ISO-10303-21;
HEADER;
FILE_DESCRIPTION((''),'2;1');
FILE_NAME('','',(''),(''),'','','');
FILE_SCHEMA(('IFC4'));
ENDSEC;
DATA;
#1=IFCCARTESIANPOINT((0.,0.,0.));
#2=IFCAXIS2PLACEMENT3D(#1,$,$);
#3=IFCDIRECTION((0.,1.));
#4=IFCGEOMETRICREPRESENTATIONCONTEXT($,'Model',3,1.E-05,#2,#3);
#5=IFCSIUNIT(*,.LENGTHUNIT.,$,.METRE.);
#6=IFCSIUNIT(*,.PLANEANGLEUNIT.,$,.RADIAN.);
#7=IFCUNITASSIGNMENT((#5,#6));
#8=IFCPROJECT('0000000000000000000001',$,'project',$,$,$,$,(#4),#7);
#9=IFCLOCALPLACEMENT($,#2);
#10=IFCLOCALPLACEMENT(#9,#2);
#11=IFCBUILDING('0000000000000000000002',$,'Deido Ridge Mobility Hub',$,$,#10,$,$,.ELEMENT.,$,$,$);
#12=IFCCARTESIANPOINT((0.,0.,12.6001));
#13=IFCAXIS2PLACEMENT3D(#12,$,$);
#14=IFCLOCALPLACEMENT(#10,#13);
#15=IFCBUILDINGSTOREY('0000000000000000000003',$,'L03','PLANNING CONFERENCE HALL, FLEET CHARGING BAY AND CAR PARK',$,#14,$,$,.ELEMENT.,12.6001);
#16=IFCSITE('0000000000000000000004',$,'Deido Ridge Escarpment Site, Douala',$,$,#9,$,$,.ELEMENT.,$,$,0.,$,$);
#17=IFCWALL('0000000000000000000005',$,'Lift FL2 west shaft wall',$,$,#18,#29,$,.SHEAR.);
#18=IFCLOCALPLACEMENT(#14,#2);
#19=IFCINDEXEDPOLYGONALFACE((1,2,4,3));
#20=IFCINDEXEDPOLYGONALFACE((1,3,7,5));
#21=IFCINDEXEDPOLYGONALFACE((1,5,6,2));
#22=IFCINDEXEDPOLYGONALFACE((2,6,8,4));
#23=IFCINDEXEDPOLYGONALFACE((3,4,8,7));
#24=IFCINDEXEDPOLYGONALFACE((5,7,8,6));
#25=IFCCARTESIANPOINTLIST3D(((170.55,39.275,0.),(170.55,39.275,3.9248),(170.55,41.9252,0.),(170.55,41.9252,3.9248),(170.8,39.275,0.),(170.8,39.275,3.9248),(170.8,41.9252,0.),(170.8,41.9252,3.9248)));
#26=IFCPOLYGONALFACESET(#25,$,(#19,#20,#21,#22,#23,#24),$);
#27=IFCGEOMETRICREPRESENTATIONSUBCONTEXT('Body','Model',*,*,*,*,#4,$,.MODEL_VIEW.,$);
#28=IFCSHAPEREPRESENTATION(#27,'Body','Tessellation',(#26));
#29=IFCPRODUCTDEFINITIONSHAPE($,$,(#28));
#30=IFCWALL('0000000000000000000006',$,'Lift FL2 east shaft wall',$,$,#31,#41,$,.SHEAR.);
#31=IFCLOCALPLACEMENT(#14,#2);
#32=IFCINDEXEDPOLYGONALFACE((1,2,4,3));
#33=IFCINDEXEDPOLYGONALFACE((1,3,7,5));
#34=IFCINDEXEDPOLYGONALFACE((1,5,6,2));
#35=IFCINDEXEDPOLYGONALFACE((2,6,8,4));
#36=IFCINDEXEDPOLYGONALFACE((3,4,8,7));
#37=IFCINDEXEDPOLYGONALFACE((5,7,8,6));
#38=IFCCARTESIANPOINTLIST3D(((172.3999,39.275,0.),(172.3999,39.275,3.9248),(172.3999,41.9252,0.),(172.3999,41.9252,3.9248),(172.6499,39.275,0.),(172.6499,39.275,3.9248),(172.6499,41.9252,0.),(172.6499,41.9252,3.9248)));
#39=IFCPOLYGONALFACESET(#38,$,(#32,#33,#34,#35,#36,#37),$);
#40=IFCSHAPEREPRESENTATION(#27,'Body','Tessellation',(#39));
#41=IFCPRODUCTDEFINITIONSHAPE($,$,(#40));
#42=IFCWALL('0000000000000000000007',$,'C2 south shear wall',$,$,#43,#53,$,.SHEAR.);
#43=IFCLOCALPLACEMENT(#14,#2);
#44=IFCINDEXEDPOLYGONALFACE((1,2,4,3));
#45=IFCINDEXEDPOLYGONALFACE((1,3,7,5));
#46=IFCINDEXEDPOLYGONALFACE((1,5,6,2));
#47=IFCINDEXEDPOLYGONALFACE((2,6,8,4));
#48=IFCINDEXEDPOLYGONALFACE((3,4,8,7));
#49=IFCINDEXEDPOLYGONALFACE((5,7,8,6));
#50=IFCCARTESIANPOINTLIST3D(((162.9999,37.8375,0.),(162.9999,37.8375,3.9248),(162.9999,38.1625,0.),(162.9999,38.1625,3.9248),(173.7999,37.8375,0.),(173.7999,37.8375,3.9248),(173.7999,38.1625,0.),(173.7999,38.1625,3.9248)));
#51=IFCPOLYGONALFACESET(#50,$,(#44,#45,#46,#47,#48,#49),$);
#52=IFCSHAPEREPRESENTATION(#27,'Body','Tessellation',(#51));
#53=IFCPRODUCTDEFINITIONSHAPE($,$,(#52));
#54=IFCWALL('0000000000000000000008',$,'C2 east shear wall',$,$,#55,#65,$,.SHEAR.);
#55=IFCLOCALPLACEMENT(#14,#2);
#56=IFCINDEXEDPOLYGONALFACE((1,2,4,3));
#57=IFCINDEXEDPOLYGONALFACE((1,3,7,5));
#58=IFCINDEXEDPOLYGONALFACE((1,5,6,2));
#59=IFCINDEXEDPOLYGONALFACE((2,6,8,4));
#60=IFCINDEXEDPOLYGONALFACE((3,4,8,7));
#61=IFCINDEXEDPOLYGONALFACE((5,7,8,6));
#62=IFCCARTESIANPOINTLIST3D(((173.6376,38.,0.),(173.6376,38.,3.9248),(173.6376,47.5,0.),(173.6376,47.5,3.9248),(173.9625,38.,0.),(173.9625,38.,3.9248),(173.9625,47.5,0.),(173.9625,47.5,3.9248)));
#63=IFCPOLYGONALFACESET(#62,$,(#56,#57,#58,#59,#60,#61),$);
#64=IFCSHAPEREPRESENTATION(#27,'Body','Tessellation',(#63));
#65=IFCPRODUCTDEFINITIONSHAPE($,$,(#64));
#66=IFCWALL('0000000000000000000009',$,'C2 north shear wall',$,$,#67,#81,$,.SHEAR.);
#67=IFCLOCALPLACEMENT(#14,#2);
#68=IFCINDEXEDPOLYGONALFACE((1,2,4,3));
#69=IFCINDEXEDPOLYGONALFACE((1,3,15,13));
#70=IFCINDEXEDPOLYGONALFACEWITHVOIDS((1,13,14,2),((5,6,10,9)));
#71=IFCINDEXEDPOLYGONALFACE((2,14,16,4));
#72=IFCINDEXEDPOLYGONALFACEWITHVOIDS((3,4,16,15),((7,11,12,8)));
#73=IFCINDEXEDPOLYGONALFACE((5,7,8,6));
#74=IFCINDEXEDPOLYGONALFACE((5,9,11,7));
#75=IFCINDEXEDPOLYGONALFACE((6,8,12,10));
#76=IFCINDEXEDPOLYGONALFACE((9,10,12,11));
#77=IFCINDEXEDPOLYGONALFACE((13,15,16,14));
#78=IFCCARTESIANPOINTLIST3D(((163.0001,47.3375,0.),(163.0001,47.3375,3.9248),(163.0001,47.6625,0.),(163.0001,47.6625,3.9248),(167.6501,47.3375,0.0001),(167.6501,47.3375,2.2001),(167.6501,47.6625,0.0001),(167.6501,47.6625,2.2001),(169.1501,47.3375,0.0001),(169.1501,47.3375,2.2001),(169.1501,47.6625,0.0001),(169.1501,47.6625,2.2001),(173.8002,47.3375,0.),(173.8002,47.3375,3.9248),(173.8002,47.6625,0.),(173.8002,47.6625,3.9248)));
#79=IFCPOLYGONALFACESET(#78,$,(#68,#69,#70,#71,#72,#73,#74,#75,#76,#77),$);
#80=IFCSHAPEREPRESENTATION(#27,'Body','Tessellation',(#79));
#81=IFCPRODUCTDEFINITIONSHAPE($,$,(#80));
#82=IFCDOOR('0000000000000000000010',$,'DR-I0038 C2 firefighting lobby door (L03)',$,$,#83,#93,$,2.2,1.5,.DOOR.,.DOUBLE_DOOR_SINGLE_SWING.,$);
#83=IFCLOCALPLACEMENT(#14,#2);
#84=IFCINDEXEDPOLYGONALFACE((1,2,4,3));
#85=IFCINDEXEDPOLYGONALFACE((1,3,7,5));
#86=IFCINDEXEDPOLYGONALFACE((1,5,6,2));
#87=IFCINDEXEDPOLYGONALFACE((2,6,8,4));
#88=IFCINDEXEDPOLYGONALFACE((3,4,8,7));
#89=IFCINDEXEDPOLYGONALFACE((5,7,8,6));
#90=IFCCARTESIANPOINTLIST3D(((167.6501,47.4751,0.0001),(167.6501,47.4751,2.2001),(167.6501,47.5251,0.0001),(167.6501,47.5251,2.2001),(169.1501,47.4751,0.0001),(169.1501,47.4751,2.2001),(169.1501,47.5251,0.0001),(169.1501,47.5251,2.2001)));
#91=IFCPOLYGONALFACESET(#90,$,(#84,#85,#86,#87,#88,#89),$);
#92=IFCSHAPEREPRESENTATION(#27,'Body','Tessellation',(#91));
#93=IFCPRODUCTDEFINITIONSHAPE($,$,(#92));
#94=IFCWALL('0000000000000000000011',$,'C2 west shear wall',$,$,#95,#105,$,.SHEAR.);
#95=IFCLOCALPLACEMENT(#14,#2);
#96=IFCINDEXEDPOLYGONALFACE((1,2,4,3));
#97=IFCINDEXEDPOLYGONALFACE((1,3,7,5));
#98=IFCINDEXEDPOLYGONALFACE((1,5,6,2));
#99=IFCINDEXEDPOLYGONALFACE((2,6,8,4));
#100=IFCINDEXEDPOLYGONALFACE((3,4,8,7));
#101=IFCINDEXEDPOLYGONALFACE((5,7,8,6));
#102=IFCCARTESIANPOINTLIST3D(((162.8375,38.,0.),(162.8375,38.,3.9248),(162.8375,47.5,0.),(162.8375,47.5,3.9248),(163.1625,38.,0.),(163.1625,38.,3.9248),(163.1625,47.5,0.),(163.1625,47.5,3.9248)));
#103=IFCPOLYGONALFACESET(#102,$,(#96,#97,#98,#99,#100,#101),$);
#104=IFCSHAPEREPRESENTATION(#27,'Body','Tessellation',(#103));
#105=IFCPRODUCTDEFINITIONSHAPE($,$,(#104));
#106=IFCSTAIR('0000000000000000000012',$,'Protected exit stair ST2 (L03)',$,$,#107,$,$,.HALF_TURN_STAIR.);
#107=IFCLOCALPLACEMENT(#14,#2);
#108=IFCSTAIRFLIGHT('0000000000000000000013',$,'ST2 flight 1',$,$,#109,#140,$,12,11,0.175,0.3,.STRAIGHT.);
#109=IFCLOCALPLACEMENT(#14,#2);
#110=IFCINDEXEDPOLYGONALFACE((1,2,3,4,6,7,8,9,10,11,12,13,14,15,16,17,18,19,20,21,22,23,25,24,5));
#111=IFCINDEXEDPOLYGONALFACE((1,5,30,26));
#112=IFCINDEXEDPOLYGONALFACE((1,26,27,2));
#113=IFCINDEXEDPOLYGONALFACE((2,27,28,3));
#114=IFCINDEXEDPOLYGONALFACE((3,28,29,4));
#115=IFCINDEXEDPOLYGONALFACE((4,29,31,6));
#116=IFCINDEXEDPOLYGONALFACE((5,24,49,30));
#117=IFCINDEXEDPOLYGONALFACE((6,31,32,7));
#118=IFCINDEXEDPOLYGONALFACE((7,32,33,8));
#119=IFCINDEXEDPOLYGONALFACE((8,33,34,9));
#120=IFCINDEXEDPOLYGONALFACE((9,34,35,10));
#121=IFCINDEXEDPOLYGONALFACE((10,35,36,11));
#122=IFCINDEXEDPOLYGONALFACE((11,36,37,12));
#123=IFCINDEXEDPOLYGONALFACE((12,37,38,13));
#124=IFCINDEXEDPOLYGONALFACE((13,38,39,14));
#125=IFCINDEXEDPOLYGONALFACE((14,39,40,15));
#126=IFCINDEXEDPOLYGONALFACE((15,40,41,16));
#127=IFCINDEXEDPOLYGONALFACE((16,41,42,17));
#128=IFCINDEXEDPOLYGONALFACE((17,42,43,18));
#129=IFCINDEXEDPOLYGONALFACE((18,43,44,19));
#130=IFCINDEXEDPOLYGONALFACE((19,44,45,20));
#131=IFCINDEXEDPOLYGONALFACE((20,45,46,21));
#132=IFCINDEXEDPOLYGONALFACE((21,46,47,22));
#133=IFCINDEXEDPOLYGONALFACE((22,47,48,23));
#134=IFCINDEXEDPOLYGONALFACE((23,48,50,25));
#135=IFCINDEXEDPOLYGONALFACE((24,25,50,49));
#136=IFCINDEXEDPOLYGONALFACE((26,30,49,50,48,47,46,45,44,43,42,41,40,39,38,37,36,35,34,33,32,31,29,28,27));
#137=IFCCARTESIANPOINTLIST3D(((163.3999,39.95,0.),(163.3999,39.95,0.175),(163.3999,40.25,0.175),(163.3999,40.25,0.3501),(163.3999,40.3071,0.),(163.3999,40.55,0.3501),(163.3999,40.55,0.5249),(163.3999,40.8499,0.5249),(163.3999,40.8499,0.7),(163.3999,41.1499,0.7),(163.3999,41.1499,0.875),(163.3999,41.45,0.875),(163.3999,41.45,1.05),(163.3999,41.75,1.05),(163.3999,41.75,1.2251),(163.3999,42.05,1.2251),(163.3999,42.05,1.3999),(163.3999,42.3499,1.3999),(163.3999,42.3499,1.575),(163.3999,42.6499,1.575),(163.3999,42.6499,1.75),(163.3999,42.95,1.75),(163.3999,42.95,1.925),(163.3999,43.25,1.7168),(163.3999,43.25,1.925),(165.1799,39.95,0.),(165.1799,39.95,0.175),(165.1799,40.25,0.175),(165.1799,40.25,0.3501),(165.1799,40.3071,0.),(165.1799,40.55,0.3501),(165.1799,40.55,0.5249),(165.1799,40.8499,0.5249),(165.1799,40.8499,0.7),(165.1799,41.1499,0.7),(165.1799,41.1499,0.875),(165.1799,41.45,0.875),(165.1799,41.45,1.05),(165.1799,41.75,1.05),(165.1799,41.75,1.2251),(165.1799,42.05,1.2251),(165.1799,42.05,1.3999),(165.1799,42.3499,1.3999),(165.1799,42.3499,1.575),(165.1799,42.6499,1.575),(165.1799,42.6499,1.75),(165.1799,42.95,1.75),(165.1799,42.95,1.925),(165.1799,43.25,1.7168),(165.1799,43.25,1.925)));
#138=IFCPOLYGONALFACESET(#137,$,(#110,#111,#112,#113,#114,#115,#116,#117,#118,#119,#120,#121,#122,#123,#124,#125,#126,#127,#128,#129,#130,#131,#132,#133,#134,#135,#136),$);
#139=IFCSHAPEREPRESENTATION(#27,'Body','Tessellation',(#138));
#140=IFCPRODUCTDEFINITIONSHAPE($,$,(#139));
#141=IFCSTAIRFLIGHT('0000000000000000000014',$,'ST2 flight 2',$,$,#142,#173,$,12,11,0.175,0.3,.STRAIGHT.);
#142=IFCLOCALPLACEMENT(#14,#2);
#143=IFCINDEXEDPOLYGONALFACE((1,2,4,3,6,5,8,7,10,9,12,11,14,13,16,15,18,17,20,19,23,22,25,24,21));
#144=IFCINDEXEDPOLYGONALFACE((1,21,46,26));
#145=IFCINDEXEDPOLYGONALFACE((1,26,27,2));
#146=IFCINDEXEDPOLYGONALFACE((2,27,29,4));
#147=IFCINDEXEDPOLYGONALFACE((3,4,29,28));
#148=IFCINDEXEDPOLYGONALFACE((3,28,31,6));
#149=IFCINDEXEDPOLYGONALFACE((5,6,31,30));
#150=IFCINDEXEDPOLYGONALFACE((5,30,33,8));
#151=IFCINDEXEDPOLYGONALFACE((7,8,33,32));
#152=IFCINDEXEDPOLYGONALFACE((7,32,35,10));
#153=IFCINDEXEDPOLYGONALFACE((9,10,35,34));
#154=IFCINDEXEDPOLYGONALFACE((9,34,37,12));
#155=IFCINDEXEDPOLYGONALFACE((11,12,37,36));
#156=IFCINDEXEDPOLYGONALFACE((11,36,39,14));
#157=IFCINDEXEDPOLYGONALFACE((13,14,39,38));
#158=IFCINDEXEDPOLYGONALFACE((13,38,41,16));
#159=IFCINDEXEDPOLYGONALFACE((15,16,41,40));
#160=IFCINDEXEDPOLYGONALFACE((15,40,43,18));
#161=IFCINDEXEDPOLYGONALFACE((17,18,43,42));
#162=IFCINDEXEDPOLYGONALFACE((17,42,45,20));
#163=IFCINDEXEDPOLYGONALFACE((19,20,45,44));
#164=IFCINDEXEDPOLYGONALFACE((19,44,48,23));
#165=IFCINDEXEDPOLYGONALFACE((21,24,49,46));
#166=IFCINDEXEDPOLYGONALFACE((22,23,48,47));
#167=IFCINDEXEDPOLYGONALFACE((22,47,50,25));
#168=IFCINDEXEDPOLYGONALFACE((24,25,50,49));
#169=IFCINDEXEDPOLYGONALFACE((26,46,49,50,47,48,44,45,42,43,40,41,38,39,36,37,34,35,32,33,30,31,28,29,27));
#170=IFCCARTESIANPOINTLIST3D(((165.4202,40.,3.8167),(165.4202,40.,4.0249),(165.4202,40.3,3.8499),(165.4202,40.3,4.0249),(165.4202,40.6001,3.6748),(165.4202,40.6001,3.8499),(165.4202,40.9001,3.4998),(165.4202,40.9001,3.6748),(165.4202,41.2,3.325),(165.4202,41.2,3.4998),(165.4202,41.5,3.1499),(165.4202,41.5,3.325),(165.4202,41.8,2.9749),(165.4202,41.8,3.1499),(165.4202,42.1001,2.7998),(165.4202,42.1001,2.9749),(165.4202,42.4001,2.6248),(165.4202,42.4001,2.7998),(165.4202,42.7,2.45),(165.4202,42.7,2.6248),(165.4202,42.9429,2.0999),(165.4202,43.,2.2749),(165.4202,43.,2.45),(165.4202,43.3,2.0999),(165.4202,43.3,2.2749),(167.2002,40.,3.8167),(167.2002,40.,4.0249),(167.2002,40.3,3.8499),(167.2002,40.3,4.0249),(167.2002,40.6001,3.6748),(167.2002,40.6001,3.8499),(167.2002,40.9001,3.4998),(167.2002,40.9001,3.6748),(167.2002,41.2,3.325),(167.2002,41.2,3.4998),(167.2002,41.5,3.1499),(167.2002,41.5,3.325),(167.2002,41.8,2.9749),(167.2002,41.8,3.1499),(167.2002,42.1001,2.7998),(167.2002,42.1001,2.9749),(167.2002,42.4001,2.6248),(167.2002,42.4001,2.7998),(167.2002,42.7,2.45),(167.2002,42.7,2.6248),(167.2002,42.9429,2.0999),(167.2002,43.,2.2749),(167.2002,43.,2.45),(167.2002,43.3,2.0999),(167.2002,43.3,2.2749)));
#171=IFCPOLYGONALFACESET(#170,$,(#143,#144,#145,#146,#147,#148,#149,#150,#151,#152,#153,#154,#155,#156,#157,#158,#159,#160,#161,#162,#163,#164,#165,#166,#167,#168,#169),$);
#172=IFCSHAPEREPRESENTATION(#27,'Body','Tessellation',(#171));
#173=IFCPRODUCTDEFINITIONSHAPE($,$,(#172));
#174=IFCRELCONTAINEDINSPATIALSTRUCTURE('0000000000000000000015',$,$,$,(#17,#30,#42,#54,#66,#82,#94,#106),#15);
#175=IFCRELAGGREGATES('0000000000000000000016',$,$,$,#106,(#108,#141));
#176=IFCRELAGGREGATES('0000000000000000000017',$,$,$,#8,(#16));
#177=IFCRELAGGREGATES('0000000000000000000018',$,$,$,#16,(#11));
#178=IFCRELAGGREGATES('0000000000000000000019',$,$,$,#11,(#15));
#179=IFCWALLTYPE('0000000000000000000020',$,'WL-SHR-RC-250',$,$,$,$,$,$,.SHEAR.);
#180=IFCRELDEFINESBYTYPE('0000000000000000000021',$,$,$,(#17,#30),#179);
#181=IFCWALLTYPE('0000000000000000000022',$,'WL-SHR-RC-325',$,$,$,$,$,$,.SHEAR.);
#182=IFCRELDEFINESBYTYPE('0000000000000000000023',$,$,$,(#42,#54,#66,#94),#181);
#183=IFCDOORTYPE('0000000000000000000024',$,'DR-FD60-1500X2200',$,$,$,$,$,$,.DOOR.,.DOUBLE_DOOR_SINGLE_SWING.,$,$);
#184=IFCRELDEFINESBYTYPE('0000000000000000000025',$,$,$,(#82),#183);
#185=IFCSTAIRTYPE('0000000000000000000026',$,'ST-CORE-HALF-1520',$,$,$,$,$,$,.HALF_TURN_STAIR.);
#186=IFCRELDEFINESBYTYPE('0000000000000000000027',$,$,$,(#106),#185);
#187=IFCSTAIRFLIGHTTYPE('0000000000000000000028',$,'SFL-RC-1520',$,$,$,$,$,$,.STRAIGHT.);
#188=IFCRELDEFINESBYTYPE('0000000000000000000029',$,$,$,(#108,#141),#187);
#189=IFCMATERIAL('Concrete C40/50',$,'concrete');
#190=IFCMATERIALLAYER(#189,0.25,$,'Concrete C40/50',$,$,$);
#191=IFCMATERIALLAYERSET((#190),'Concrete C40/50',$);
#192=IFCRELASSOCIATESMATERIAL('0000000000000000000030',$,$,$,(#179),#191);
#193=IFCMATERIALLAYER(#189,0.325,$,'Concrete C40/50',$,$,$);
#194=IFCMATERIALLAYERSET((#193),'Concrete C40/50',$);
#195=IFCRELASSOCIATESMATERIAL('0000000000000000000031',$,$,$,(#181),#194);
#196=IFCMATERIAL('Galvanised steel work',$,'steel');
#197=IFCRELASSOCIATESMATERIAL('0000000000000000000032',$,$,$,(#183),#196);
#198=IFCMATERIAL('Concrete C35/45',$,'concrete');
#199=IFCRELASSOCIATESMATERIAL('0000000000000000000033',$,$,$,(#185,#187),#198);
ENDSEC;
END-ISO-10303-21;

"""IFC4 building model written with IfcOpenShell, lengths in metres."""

from ifc_helpers import new_model, si_unit, direction, frame, frame_2d, origin, place, context, subcontext, project, spatial, polyline, rectangle, outline, extrude, material, layer, layer_set, type_object, element, fill, aggregate, save


model = new_model("IFC4")

# Units and contexts
model_context = context("Model", 3, precision=1e-05, world=origin(), true_north=direction((0.0, 1.0)))
body_context = subcontext(model_context, "Body", "Model", "MODEL_VIEW")
ifc_project = project(units=[si_unit("LENGTHUNIT", "METRE"), si_unit("PLANEANGLEUNIT", "RADIAN")], contexts=[model_context])

# Site, building, storey
site_placement = place(None, origin())
site = spatial("IfcSite", under=ifc_project, at=site_placement, Name="Deido Ridge Escarpment Site, Douala", CompositionType="ELEMENT", RefElevation=0.0)
building_placement = place(site_placement, origin())
building = spatial("IfcBuilding", under=site, at=building_placement, Name="Deido Ridge Mobility Hub", CompositionType="ELEMENT")
storey_placement = place(building_placement, frame((0.0, 0.0, 12.6001)))
storey = spatial("IfcBuildingStorey", under=building, at=storey_placement, Name="L03", Description="PLANNING CONFERENCE HALL, FLEET CHARGING BAY AND CAR PARK", CompositionType="ELEMENT", Elevation=12.6001)

# Shared definitions
ifc_material_1 = material(Name="Concrete C40/50", Category="concrete")
ifc_layer_1 = layer(ifc_material_1, 0.25, Name="Concrete C40/50")
ifc_layer_set_1 = layer_set([ifc_layer_1], Name="Concrete C40/50")
wall_type_1 = type_object("IfcWallType", Name="WL-SHR-RC-250", PredefinedType="SHEAR", material=ifc_layer_set_1)
ifc_material_2 = material(Name="Galvanised steel work", Category="steel")

# Walls
for number, where, z_axis, x_axis, name in (
    (1, (170.675, 39.2749, 0.0), (0.0, 0.0, 1.0), (0.0, 1.0, 0.0), "Lift FL2 west shaft wall"),
    (2, (172.5249, 39.2749, 0.0), (0.0, 0.0, 1.0), (0.0, 1.0, 0.0), "Lift FL2 east shaft wall"),
):
    element("IfcWall", number, at=place(storey_placement, frame(where, z_axis=z_axis, x_axis=x_axis)), inside=storey, type_object=wall_type_1, Name=name, PredefinedType="SHEAR", context=body_context, shape_type="SweptSolid", body=[
        extrude(rectangle(XDim=2.6501, YDim=0.25, at=frame_2d((1.3252, 0.0))), origin(), (0.0, 0.0, 1.0), 3.9248),
    ])

# Walls
ifc_layer_2 = layer(ifc_material_1, 0.325, Name="Concrete C40/50")
ifc_layer_set_2 = layer_set([ifc_layer_2], Name="Concrete C40/50")
wall_type_2 = type_object("IfcWallType", Name="WL-SHR-RC-325", PredefinedType="SHEAR", material=ifc_layer_set_2)
wall_1_placement = place(storey_placement, frame((163.0, 38.0, 0.0), z_axis=(0.0, 0.0, 1.0), x_axis=(1.0, 0.0, 0.0)))
element("IfcWall", 3, at=wall_1_placement, inside=storey, type_object=wall_type_2, Name="C2 south shear wall", PredefinedType="SHEAR", context=body_context, shape_type="SweptSolid", body=[
    extrude(rectangle(XDim=10.8, YDim=0.325, at=frame_2d((5.3999, 0.0))), origin(), (0.0, 0.0, 1.0), 3.9248),
])
wall_2_placement = place(storey_placement, frame((173.8, 38.0, 0.0), z_axis=(0.0, 0.0, 1.0), x_axis=(0.0, 1.0, 0.0)))
element("IfcWall", 4, at=wall_2_placement, inside=storey, type_object=wall_type_2, Name="C2 east shear wall", PredefinedType="SHEAR", context=body_context, shape_type="SweptSolid", body=[
    extrude(rectangle(XDim=9.5, YDim=0.325, at=frame_2d((4.75, 0.0))), origin(), (0.0, 0.0, 1.0), 3.9248),
])

# Wall, opening, door
wall_3_placement = place(storey_placement, frame((173.8, 47.5, 0.0), z_axis=(0.0, 0.0, 1.0), x_axis=(-1.0, 0.0, 0.0)))
wall_3 = element("IfcWall", 5, at=wall_3_placement, inside=storey, type_object=wall_type_2, Name="C2 north shear wall", PredefinedType="SHEAR", context=body_context, shape_type="SweptSolid", body=[
    extrude(rectangle(XDim=10.8, YDim=0.325, at=frame_2d((5.3999, 0.0))), origin(), (0.0, 0.0, 1.0), 3.9248),
])
opening_1_placement = place(wall_3_placement, frame((4.6499, 0.0, 0.0)))
opening_1 = element("IfcOpeningElement", 6, at=opening_1_placement, cuts=wall_3, PredefinedType="OPENING", context=body_context, shape_type="SweptSolid", body=[
    extrude(rectangle(XDim=1.5, YDim=2.2, at=frame_2d((0.75, 1.1001))), frame((0.0, 0.1724, 0.0), z_axis=(0.0, -1.0, 0.0), x_axis=(1.0, 0.0, 0.0)), (0.0, 0.0, 1.0), 0.345),
])
door_type_1 = type_object("IfcDoorType", Name="DR-FD60-1500X2200", OperationType="DOUBLE_DOOR_SINGLE_SWING", PredefinedType="DOOR", material=ifc_material_2)
door_1_placement = place(opening_1_placement, origin())
door_1 = element("IfcDoor", 7, at=door_1_placement, inside=storey, type_object=door_type_1, Name="DR-I0038 C2 firefighting lobby door (L03)", OperationType="DOUBLE_DOOR_SINGLE_SWING", OverallHeight=2.2, OverallWidth=1.5, PredefinedType="DOOR", context=body_context, shape_type="SweptSolid", body=[
    extrude(rectangle(XDim=1.5, YDim=2.2, at=frame_2d((0.75, 1.1001))), frame((0.0, 0.0249, 0.0), z_axis=(0.0, -1.0, 0.0), x_axis=(1.0, 0.0, 0.0)), (0.0, 0.0, 1.0), 0.05),
])
fill(opening_1, door_1)

# Wall
wall_4_placement = place(storey_placement, frame((163.0, 47.5, 0.0), z_axis=(0.0, 0.0, 1.0), x_axis=(0.0, -1.0, 0.0)))
element("IfcWall", 8, at=wall_4_placement, inside=storey, type_object=wall_type_2, Name="C2 west shear wall", PredefinedType="SHEAR", context=body_context, shape_type="SweptSolid", body=[
    extrude(rectangle(XDim=9.5, YDim=0.325, at=frame_2d((4.75, 0.0))), origin(), (0.0, 0.0, 1.0), 3.9248),
])

# Stair, stair flights
ifc_material_3 = material(Name="Concrete C35/45", Category="concrete")
stair_type = type_object("IfcStairType", Name="ST-CORE-HALF-1520", PredefinedType="HALF_TURN_STAIR", material=ifc_material_3)
stair_placement = place(storey_placement, origin())
stair = element("IfcStair", 9, at=stair_placement, inside=storey, type_object=stair_type, Name="Protected exit stair ST2 (L03)", PredefinedType="HALF_TURN_STAIR")
stair_flight_type = type_object("IfcStairFlightType", Name="SFL-RC-1520", PredefinedType="STRAIGHT", material=ifc_material_3)
stair_flight_1_placement = place(storey_placement, frame((164.29, 39.95, 0.0), z_axis=(0.0, 0.0, 1.0), x_axis=(0.0, 1.0, 0.0)))
stair_flight_1 = element("IfcStairFlight", 10, at=stair_flight_1_placement, type_object=stair_flight_type, Name="ST2 flight 1", NumberOfRisers=12, NumberOfTreads=11, PredefinedType="STRAIGHT", RiserHeight=0.175, TreadLength=0.3, context=body_context, shape_type="SweptSolid", body=[
    extrude(outline(polyline([(0.0, 0.0), (0.0, 0.175), (0.3, 0.175), (0.3, 0.3501), (0.6001, 0.3501), (0.6001, 0.5249), (0.8999, 0.5249), (0.8999, 0.7), (1.2, 0.7), (1.2, 0.875), (1.5, 0.875), (1.5, 1.05), (1.8, 1.05), (1.8, 1.2251), (2.1001, 1.2251), (2.1001, 1.3999), (2.3999, 1.3999), (2.3999, 1.575), (2.7, 1.575), (2.7, 1.75), (3.0, 1.75), (3.0, 1.925), (3.3, 1.925), (3.3, 2.1001), (3.3, 1.7168), (0.3572, 0.0), (0.0, 0.0)])), frame((0.0, 0.8901, 0.0), z_axis=(0.0, -1.0, 0.0), x_axis=(1.0, 0.0, 0.0)), (0.0, 0.0, 1.0), 1.78),
])
stair_flight_2_placement = place(storey_placement, frame((166.3101, 43.3, 2.0999), z_axis=(0.0, 0.0, 1.0), x_axis=(0.0, -1.0, 0.0)))
stair_flight_2 = element("IfcStairFlight", 11, at=stair_flight_2_placement, type_object=stair_flight_type, Name="ST2 flight 2", NumberOfRisers=12, NumberOfTreads=11, PredefinedType="STRAIGHT", RiserHeight=0.175, TreadLength=0.3, context=body_context, shape_type="SweptSolid", body=[
    extrude(outline(polyline([(0.0, 0.0), (0.0, 0.175), (0.3, 0.175), (0.3, 0.3501), (0.6001, 0.3501), (0.6001, 0.5249), (0.8999, 0.5249), (0.8999, 0.7), (1.2, 0.7), (1.2, 0.875), (1.5, 0.875), (1.5, 1.05), (1.8, 1.05), (1.8, 1.2251), (2.1001, 1.2251), (2.1001, 1.3999), (2.3999, 1.3999), (2.3999, 1.575), (2.7, 1.575), (2.7, 1.75), (3.0, 1.75), (3.0, 1.925), (3.3, 1.925), (3.3, 2.1001), (3.3, 1.7168), (0.3572, 0.0), (0.0, 0.0)])), frame((0.0, 0.8901, 0.0), z_axis=(0.0, -1.0, 0.0), x_axis=(1.0, 0.0, 0.0)), (0.0, 0.0, 1.0), 1.78),
])
aggregate(stair, [stair_flight_1, stair_flight_2])

save(model, "model.ifc")
